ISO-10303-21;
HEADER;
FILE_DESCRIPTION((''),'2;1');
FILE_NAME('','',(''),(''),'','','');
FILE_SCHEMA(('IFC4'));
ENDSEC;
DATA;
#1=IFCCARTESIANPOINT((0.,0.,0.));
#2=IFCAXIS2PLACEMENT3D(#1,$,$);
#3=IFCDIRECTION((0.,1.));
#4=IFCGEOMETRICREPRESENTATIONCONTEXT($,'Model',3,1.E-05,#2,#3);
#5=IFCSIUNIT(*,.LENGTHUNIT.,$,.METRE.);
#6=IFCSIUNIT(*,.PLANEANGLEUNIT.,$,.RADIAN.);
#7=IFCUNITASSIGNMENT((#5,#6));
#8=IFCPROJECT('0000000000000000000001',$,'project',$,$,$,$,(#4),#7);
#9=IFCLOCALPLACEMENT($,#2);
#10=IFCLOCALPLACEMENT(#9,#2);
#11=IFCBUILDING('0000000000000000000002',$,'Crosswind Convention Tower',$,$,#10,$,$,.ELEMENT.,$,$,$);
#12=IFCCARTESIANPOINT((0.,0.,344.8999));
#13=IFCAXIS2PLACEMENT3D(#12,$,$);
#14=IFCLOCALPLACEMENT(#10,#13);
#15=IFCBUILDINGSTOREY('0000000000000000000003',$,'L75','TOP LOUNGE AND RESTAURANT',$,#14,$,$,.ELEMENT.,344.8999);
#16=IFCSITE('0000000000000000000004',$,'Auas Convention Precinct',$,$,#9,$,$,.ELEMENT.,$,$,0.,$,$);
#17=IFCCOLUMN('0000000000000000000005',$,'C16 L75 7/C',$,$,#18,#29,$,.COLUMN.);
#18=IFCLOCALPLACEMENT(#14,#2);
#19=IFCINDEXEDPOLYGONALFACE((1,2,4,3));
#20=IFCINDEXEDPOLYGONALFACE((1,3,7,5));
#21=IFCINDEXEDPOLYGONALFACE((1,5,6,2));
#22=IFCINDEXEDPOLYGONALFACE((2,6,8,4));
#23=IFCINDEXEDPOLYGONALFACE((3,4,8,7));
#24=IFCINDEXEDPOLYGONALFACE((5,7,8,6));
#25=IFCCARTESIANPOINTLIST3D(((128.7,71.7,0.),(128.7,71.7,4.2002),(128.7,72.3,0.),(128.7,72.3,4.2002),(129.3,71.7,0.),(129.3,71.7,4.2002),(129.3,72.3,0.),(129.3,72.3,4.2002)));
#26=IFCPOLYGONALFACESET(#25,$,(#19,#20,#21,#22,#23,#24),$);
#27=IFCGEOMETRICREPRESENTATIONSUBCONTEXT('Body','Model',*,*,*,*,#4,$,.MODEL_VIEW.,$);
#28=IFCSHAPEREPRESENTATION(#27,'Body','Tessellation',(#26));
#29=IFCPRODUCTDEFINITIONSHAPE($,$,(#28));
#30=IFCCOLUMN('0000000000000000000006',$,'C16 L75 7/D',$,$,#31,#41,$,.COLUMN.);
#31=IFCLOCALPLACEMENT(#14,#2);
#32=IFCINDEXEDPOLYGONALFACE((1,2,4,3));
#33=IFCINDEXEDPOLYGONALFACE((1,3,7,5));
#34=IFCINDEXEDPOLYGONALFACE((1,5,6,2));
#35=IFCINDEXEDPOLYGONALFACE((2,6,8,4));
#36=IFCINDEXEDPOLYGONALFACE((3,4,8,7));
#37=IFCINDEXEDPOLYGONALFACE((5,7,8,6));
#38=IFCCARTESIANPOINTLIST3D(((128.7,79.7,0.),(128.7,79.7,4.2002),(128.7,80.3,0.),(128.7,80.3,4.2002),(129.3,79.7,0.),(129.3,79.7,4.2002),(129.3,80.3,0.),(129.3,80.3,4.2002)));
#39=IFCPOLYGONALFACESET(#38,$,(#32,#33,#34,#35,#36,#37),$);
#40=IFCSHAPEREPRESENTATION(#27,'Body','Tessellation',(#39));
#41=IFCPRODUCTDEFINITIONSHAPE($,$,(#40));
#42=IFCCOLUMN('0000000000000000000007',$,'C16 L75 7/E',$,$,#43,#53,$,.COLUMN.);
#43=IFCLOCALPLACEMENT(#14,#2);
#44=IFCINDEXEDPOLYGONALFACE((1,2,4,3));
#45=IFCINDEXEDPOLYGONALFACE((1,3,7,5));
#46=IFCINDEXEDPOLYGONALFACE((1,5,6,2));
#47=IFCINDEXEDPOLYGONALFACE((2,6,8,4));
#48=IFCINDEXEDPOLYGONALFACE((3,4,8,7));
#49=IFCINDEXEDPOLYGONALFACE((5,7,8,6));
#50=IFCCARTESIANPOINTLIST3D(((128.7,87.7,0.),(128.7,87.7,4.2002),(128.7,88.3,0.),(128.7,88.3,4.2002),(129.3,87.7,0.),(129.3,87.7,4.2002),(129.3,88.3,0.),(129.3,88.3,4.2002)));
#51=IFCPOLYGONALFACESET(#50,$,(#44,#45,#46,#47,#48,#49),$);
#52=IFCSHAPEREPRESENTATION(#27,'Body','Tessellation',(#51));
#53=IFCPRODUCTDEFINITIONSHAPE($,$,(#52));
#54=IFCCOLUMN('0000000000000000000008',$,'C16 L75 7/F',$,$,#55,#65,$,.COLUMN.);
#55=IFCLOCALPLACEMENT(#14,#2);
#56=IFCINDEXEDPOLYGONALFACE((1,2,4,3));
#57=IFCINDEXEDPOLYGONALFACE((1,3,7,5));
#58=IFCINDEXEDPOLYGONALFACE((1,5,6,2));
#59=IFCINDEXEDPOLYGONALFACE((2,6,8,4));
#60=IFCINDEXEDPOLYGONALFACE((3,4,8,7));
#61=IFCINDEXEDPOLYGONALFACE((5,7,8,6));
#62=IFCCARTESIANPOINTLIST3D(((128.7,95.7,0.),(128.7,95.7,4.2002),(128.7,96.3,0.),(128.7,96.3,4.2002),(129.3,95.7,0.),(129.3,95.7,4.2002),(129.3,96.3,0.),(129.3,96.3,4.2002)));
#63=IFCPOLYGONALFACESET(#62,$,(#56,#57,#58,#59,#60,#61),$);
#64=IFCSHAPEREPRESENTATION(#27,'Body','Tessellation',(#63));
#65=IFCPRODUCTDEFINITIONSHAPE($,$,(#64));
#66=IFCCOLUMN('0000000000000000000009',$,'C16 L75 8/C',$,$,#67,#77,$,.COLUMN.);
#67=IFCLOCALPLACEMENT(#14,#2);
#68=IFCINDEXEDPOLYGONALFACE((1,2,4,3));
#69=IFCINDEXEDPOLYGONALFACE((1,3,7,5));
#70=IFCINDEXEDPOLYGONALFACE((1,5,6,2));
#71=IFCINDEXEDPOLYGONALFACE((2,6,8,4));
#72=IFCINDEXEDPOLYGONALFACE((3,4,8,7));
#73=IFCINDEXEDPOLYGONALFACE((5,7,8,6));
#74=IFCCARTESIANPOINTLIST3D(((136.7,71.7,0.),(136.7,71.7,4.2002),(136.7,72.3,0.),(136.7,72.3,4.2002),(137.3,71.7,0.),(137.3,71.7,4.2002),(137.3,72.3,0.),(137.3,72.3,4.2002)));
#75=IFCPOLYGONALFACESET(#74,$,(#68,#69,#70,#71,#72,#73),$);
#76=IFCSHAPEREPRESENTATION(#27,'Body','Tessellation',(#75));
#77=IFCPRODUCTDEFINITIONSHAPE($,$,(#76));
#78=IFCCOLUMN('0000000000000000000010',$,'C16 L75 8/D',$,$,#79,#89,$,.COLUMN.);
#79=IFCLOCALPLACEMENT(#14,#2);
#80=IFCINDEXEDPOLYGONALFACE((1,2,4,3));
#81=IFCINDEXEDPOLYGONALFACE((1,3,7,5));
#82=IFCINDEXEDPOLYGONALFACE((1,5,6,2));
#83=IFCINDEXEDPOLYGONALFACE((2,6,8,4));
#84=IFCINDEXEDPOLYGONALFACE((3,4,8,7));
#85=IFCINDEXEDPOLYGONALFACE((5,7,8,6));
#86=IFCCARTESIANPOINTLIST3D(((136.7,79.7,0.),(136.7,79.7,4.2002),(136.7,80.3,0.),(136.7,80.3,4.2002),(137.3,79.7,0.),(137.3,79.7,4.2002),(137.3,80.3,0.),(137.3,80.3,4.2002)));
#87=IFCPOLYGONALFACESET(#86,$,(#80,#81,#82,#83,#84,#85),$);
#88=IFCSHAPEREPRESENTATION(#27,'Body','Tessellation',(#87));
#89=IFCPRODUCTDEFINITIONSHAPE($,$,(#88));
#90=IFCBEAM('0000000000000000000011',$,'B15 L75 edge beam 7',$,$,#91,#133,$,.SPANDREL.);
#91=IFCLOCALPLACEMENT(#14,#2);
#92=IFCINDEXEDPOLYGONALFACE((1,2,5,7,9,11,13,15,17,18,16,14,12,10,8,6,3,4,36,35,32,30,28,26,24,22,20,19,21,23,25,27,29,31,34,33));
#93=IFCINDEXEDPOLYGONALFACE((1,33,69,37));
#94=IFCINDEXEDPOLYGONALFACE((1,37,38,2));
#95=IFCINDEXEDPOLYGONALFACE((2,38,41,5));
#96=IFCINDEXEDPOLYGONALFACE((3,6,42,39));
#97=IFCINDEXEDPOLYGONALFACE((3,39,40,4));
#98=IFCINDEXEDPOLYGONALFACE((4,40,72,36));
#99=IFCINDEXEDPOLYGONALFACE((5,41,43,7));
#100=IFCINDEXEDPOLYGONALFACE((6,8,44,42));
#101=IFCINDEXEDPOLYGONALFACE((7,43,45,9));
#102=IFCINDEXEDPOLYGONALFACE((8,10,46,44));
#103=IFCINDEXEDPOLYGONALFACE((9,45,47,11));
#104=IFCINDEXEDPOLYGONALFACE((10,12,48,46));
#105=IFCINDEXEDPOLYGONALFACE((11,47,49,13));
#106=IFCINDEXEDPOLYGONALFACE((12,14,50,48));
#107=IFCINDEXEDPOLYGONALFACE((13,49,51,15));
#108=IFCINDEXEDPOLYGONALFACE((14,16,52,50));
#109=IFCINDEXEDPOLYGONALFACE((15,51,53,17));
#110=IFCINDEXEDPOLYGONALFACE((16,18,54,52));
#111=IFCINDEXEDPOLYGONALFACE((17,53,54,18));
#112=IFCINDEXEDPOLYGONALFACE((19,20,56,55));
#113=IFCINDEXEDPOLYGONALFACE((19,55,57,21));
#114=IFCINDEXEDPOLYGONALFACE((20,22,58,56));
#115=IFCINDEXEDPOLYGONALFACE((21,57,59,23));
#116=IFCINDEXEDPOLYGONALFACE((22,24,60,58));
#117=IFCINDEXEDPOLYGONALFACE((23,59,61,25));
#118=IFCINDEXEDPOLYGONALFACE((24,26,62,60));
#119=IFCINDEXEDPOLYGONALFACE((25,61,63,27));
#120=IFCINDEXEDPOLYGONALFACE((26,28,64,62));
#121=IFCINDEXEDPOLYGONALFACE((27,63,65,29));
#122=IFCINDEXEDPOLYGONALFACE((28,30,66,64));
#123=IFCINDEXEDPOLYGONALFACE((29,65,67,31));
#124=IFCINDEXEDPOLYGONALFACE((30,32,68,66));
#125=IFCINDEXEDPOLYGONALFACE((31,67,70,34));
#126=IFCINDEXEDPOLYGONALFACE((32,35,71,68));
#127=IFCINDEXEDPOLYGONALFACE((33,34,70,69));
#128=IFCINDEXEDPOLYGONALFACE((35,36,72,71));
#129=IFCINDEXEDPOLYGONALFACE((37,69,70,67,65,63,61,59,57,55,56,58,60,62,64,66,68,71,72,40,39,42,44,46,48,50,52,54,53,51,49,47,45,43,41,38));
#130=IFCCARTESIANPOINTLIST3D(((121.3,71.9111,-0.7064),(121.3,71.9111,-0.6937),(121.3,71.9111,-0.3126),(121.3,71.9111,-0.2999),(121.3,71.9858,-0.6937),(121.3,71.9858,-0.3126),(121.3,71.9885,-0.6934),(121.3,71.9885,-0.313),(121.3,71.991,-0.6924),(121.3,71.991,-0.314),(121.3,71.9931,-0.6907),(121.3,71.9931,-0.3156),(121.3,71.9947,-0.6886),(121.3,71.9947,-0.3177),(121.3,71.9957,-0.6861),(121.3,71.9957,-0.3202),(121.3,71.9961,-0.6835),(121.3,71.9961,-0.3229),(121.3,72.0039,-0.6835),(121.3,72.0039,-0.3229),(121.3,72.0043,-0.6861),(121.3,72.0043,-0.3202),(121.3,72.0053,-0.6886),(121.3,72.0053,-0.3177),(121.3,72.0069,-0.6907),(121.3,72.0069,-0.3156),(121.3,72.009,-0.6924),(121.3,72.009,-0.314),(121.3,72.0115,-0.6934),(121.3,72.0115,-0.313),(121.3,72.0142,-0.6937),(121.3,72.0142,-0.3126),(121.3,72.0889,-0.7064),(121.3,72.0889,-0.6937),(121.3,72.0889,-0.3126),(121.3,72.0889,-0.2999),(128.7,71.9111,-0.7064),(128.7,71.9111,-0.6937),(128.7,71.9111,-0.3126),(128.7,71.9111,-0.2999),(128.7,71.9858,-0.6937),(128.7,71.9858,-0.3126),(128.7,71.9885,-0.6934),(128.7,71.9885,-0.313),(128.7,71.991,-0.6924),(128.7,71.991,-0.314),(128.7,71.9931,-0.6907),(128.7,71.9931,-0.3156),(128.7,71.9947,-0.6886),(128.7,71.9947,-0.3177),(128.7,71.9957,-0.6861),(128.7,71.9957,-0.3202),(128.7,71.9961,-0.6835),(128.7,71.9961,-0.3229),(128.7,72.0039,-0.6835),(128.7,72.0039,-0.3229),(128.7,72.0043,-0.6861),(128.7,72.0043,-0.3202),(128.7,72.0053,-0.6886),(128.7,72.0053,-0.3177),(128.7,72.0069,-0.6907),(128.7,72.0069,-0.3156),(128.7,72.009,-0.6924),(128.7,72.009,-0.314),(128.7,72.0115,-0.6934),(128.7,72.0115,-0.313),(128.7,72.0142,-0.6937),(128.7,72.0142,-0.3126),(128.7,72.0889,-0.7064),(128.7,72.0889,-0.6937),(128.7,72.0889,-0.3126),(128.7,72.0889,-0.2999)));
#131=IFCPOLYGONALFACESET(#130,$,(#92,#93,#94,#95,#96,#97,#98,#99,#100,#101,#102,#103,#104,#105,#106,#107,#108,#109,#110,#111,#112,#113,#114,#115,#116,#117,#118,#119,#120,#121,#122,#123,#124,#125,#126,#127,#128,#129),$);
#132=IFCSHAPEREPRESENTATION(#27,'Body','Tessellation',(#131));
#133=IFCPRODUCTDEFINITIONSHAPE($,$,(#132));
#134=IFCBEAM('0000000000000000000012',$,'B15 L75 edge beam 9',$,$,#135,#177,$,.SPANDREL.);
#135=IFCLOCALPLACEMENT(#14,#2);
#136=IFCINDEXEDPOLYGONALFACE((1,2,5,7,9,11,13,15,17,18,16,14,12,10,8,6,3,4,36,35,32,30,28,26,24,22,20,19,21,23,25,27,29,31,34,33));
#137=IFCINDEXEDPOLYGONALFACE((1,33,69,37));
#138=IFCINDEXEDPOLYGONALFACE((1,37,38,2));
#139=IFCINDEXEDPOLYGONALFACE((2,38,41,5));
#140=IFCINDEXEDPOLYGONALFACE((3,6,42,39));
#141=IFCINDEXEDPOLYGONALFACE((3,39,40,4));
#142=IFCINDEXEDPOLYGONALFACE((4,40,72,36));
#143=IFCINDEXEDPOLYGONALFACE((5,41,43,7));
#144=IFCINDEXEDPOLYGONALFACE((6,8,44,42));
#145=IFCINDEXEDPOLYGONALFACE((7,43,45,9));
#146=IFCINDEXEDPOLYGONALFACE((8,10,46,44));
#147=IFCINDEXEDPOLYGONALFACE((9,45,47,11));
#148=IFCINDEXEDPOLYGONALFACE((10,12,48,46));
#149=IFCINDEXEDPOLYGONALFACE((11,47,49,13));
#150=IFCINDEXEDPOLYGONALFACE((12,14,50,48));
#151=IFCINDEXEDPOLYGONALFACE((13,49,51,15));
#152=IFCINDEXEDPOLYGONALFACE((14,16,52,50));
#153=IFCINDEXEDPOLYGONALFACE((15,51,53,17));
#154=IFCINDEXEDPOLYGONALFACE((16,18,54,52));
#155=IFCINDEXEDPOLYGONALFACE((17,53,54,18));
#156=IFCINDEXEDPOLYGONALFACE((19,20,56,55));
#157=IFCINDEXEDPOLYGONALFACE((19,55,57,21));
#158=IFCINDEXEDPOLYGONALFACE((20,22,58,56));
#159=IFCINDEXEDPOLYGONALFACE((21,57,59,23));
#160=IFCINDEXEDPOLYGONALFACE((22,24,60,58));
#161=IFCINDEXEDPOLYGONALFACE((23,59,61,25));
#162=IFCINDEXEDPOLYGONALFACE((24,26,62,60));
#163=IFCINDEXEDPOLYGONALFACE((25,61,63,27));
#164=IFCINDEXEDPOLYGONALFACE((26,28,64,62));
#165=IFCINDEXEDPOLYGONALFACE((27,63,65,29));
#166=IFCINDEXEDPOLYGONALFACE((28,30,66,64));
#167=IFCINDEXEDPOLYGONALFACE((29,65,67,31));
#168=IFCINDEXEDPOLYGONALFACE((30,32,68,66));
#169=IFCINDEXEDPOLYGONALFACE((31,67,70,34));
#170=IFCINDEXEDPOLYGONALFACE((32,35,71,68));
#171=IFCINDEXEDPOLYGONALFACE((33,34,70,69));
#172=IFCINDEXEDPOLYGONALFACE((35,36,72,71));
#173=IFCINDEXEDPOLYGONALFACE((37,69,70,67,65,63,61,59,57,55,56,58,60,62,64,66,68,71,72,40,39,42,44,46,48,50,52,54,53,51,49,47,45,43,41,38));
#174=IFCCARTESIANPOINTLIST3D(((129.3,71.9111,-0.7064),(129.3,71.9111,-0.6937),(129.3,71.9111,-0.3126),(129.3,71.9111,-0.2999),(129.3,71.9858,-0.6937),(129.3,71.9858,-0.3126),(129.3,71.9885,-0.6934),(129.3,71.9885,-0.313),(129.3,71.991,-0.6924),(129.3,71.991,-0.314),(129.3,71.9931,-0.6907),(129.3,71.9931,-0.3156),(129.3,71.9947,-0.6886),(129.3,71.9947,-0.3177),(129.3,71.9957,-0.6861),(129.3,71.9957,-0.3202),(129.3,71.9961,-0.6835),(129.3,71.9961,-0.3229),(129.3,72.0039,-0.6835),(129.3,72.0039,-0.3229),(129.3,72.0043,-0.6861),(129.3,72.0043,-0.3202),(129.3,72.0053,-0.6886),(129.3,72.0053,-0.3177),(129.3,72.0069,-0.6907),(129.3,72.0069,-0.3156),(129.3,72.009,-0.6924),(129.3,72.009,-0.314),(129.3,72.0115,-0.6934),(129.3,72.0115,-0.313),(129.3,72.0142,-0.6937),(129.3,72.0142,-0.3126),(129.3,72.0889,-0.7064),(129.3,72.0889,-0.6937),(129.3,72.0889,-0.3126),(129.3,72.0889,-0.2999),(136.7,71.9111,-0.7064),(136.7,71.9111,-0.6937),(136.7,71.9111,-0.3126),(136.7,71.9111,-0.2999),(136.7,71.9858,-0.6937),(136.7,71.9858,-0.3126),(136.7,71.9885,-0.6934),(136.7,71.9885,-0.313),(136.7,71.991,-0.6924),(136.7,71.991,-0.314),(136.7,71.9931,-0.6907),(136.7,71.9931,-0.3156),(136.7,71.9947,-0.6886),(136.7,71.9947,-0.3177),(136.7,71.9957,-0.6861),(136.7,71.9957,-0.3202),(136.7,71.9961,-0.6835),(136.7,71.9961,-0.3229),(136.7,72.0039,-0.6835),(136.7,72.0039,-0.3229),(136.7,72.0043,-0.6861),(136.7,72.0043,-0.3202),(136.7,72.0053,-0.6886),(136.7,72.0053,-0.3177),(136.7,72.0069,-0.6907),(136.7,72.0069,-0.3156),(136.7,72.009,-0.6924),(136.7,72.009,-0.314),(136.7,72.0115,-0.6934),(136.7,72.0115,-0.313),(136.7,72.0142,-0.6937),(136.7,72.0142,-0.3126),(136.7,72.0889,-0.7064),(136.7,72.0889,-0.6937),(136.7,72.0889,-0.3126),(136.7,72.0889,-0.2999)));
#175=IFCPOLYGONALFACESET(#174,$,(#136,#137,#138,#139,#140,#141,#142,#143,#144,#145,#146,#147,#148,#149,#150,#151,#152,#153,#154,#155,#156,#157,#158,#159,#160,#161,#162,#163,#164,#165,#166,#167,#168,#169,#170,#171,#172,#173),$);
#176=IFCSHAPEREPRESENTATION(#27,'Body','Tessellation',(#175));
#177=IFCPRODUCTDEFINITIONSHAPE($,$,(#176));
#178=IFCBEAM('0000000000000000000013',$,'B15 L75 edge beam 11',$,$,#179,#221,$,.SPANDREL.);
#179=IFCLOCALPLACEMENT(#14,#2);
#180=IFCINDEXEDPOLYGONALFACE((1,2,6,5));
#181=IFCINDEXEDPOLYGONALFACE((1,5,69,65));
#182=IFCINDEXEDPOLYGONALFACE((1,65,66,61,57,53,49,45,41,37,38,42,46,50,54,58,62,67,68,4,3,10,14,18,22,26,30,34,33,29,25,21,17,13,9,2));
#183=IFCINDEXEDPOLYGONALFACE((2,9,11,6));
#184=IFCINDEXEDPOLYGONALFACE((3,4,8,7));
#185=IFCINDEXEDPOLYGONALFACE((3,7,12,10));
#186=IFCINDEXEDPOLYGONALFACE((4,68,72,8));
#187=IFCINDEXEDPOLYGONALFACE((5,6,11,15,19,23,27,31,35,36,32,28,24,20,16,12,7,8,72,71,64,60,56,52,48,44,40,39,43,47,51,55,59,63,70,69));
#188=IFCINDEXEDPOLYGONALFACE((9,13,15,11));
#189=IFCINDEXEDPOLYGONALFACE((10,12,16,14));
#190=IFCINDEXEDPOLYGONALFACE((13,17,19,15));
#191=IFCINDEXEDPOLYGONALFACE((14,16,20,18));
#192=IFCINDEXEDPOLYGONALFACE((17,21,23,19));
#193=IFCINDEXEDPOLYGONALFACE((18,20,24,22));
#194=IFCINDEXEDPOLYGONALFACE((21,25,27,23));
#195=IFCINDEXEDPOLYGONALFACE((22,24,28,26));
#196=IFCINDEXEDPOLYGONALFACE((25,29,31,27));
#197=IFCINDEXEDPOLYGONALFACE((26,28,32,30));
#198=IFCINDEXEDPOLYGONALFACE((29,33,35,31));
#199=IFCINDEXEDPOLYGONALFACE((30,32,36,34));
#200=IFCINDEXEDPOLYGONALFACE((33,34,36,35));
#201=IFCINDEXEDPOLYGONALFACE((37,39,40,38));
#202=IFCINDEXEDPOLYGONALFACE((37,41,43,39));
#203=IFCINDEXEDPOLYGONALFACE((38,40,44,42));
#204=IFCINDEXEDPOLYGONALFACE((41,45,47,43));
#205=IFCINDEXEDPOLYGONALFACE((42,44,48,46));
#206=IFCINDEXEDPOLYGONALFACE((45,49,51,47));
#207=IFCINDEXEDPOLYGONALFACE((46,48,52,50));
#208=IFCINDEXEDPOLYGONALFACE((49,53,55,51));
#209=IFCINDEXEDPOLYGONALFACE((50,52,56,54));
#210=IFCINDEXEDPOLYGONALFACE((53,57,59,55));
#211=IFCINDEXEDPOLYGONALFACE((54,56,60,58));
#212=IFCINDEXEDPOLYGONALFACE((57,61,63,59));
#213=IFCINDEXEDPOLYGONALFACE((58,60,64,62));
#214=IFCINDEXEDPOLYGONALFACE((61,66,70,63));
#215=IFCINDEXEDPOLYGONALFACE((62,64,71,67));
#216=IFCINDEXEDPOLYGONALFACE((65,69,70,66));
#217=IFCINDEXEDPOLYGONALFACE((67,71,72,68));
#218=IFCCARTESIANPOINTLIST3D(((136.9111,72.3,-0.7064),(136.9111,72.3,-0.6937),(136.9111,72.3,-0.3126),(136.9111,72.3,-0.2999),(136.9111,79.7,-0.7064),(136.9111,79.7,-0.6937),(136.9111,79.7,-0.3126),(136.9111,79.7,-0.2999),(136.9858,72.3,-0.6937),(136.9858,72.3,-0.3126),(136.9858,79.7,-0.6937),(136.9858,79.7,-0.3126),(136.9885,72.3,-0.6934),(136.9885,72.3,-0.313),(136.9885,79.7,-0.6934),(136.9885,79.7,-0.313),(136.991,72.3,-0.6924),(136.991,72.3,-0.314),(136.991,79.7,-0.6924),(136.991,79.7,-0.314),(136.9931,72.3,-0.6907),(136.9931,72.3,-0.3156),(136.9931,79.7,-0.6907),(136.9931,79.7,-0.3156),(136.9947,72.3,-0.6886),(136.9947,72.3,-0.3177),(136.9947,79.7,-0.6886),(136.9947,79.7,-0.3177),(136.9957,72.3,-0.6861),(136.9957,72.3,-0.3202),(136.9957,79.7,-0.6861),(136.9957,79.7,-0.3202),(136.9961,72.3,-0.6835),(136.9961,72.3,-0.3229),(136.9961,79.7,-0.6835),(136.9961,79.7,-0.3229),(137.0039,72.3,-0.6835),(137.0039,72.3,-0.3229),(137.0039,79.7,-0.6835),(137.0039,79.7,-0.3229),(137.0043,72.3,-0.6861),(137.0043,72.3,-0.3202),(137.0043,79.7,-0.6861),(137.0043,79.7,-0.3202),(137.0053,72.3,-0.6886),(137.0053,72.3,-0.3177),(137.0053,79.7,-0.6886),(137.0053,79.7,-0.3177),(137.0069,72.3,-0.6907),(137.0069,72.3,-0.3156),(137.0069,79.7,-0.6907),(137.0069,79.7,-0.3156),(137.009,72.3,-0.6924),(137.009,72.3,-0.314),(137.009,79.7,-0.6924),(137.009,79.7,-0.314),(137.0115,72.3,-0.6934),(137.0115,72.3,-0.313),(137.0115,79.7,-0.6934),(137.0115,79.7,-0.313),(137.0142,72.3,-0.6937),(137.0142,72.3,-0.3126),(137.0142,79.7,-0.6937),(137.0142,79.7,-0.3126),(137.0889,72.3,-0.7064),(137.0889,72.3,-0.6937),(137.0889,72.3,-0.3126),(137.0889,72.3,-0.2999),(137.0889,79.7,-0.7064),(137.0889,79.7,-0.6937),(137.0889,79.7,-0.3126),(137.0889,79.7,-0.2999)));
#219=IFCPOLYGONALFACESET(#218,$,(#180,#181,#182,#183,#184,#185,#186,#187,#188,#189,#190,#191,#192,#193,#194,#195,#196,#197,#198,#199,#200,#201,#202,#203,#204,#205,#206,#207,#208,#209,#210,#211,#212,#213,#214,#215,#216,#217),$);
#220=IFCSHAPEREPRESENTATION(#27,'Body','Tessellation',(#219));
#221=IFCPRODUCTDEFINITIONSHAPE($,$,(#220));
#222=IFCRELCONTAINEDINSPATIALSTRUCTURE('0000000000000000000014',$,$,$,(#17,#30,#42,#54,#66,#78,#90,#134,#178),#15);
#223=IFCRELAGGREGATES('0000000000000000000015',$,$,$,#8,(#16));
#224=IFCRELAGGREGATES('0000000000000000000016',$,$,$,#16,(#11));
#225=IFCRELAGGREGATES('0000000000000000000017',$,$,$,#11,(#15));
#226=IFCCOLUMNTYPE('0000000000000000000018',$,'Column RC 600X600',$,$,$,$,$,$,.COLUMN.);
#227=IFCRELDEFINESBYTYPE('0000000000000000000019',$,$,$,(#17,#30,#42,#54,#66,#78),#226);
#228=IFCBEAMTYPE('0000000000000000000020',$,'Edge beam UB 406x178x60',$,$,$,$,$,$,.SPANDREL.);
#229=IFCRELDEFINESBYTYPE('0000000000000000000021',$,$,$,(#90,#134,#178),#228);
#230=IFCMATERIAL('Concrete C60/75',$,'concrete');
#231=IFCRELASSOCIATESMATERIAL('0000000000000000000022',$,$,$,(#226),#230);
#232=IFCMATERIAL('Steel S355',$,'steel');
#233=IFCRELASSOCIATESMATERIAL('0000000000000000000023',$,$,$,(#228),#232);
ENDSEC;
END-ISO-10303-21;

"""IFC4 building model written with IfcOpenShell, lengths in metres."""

from ifc_helpers import new_model, si_unit, direction, frame, origin, origin_2d, place, context, subcontext, project, spatial, rectangle, i_section, extrude, material, material_profile, profile_set, type_object, element, save


model = new_model("IFC4")

# Units and contexts
model_context = context("Model", 3, precision=1e-05, world=origin(), true_north=direction((0.0, 1.0)))
body_context = subcontext(model_context, "Body", "Model", "MODEL_VIEW")
ifc_project = project(units=[si_unit("LENGTHUNIT", "METRE"), si_unit("PLANEANGLEUNIT", "RADIAN")], contexts=[model_context])

# Site, building, storey
site_placement = place(None, origin())
site = spatial("IfcSite", under=ifc_project, at=site_placement, Name="Auas Convention Precinct", CompositionType="ELEMENT", RefElevation=0.0)
building_placement = place(site_placement, origin())
building = spatial("IfcBuilding", under=site, at=building_placement, Name="Crosswind Convention Tower", CompositionType="ELEMENT")
storey_placement = place(building_placement, frame((0.0, 0.0, 344.8999)))
storey = spatial("IfcBuildingStorey", under=building, at=storey_placement, Name="L75", Description="TOP LOUNGE AND RESTAURANT", CompositionType="ELEMENT", Elevation=344.8999)

# Columns
ifc_material_1 = material(Name="Concrete C60/75", Category="concrete")
ifc_material_profile_1 = material_profile(ifc_material_1, rectangle(XDim=0.6001, YDim=0.6001, at=origin_2d()), Name="RC 600X600")
ifc_profile_set_1 = profile_set([ifc_material_profile_1], Name="Concrete C60/75")
column_type = type_object("IfcColumnType", Name="Column RC 600X600", PredefinedType="COLUMN", material=ifc_profile_set_1)
for number, where, z_axis, x_axis, name in (
    (1, (129.0, 72.0, 0.0), (0.0, 0.0, 1.0), (1.0, 0.0, 0.0), "C16 L75 7/C"),
    (2, (129.0, 80.0, 0.0), (0.0, 0.0, 1.0), (1.0, 0.0, 0.0), "C16 L75 7/D"),
    (3, (129.0, 88.0, 0.0), (0.0, 0.0, 1.0), (1.0, 0.0, 0.0), "C16 L75 7/E"),
    (4, (129.0, 96.0, 0.0), (0.0, 0.0, 1.0), (1.0, 0.0, 0.0), "C16 L75 7/F"),
    (5, (137.0, 72.0, 0.0), (0.0, 0.0, 1.0), (1.0, 0.0, 0.0), "C16 L75 8/C"),
    (6, (137.0, 80.0, 0.0), (0.0, 0.0, 1.0), (1.0, 0.0, 0.0), "C16 L75 8/D"),
):
    element("IfcColumn", number, at=place(storey_placement, frame(where, z_axis=z_axis, x_axis=x_axis)), inside=storey, type_object=column_type, Name=name, PredefinedType="COLUMN", context=body_context, shape_type="SweptSolid", body=[
        extrude(rectangle(XDim=0.6001, YDim=0.6001, at=origin_2d()), origin(), (0.0, 0.0, 1.0), 4.2002),
    ])

# Beams
ifc_material_2 = material(Name="Steel S355", Category="steel")
ifc_material_profile_2 = material_profile(ifc_material_2, i_section(OverallWidth=0.1777, OverallDepth=0.4065, WebThickness=0.0078, FlangeThickness=0.0127, FilletRadius=0.0103, at=origin_2d()), Name="UB 406x178x60")
ifc_profile_set_2 = profile_set([ifc_material_profile_2], Name="Steel S355")
beam_type_1 = type_object("IfcBeamType", Name="Edge beam UB 406x178x60", PredefinedType="SPANDREL", material=ifc_profile_set_2)
for number, where, z_axis, x_axis, name in (
    (7, (121.3, 72.0, -0.5032), (1.0, 0.0, 0.0), (0.0, 1.0, 0.0), "B15 L75 edge beam 7"),
    (8, (129.3, 72.0, -0.5032), (1.0, 0.0, 0.0), (0.0, 1.0, 0.0), "B15 L75 edge beam 9"),
    (9, (137.0, 72.3, -0.5032), (0.0, 1.0, 0.0), (-1.0, 0.0, 0.0), "B15 L75 edge beam 11"),
):
    element("IfcBeam", number, at=place(storey_placement, frame(where, z_axis=z_axis, x_axis=x_axis)), inside=storey, type_object=beam_type_1, Name=name, PredefinedType="SPANDREL", context=body_context, shape_type="SweptSolid", body=[
        extrude(i_section(OverallWidth=0.1777, OverallDepth=0.4065, WebThickness=0.0078, FlangeThickness=0.0127, FilletRadius=0.0103, at=origin_2d()), origin(), (0.0, 0.0, 1.0), 7.3999),
    ])

save(model, "model.ifc")
